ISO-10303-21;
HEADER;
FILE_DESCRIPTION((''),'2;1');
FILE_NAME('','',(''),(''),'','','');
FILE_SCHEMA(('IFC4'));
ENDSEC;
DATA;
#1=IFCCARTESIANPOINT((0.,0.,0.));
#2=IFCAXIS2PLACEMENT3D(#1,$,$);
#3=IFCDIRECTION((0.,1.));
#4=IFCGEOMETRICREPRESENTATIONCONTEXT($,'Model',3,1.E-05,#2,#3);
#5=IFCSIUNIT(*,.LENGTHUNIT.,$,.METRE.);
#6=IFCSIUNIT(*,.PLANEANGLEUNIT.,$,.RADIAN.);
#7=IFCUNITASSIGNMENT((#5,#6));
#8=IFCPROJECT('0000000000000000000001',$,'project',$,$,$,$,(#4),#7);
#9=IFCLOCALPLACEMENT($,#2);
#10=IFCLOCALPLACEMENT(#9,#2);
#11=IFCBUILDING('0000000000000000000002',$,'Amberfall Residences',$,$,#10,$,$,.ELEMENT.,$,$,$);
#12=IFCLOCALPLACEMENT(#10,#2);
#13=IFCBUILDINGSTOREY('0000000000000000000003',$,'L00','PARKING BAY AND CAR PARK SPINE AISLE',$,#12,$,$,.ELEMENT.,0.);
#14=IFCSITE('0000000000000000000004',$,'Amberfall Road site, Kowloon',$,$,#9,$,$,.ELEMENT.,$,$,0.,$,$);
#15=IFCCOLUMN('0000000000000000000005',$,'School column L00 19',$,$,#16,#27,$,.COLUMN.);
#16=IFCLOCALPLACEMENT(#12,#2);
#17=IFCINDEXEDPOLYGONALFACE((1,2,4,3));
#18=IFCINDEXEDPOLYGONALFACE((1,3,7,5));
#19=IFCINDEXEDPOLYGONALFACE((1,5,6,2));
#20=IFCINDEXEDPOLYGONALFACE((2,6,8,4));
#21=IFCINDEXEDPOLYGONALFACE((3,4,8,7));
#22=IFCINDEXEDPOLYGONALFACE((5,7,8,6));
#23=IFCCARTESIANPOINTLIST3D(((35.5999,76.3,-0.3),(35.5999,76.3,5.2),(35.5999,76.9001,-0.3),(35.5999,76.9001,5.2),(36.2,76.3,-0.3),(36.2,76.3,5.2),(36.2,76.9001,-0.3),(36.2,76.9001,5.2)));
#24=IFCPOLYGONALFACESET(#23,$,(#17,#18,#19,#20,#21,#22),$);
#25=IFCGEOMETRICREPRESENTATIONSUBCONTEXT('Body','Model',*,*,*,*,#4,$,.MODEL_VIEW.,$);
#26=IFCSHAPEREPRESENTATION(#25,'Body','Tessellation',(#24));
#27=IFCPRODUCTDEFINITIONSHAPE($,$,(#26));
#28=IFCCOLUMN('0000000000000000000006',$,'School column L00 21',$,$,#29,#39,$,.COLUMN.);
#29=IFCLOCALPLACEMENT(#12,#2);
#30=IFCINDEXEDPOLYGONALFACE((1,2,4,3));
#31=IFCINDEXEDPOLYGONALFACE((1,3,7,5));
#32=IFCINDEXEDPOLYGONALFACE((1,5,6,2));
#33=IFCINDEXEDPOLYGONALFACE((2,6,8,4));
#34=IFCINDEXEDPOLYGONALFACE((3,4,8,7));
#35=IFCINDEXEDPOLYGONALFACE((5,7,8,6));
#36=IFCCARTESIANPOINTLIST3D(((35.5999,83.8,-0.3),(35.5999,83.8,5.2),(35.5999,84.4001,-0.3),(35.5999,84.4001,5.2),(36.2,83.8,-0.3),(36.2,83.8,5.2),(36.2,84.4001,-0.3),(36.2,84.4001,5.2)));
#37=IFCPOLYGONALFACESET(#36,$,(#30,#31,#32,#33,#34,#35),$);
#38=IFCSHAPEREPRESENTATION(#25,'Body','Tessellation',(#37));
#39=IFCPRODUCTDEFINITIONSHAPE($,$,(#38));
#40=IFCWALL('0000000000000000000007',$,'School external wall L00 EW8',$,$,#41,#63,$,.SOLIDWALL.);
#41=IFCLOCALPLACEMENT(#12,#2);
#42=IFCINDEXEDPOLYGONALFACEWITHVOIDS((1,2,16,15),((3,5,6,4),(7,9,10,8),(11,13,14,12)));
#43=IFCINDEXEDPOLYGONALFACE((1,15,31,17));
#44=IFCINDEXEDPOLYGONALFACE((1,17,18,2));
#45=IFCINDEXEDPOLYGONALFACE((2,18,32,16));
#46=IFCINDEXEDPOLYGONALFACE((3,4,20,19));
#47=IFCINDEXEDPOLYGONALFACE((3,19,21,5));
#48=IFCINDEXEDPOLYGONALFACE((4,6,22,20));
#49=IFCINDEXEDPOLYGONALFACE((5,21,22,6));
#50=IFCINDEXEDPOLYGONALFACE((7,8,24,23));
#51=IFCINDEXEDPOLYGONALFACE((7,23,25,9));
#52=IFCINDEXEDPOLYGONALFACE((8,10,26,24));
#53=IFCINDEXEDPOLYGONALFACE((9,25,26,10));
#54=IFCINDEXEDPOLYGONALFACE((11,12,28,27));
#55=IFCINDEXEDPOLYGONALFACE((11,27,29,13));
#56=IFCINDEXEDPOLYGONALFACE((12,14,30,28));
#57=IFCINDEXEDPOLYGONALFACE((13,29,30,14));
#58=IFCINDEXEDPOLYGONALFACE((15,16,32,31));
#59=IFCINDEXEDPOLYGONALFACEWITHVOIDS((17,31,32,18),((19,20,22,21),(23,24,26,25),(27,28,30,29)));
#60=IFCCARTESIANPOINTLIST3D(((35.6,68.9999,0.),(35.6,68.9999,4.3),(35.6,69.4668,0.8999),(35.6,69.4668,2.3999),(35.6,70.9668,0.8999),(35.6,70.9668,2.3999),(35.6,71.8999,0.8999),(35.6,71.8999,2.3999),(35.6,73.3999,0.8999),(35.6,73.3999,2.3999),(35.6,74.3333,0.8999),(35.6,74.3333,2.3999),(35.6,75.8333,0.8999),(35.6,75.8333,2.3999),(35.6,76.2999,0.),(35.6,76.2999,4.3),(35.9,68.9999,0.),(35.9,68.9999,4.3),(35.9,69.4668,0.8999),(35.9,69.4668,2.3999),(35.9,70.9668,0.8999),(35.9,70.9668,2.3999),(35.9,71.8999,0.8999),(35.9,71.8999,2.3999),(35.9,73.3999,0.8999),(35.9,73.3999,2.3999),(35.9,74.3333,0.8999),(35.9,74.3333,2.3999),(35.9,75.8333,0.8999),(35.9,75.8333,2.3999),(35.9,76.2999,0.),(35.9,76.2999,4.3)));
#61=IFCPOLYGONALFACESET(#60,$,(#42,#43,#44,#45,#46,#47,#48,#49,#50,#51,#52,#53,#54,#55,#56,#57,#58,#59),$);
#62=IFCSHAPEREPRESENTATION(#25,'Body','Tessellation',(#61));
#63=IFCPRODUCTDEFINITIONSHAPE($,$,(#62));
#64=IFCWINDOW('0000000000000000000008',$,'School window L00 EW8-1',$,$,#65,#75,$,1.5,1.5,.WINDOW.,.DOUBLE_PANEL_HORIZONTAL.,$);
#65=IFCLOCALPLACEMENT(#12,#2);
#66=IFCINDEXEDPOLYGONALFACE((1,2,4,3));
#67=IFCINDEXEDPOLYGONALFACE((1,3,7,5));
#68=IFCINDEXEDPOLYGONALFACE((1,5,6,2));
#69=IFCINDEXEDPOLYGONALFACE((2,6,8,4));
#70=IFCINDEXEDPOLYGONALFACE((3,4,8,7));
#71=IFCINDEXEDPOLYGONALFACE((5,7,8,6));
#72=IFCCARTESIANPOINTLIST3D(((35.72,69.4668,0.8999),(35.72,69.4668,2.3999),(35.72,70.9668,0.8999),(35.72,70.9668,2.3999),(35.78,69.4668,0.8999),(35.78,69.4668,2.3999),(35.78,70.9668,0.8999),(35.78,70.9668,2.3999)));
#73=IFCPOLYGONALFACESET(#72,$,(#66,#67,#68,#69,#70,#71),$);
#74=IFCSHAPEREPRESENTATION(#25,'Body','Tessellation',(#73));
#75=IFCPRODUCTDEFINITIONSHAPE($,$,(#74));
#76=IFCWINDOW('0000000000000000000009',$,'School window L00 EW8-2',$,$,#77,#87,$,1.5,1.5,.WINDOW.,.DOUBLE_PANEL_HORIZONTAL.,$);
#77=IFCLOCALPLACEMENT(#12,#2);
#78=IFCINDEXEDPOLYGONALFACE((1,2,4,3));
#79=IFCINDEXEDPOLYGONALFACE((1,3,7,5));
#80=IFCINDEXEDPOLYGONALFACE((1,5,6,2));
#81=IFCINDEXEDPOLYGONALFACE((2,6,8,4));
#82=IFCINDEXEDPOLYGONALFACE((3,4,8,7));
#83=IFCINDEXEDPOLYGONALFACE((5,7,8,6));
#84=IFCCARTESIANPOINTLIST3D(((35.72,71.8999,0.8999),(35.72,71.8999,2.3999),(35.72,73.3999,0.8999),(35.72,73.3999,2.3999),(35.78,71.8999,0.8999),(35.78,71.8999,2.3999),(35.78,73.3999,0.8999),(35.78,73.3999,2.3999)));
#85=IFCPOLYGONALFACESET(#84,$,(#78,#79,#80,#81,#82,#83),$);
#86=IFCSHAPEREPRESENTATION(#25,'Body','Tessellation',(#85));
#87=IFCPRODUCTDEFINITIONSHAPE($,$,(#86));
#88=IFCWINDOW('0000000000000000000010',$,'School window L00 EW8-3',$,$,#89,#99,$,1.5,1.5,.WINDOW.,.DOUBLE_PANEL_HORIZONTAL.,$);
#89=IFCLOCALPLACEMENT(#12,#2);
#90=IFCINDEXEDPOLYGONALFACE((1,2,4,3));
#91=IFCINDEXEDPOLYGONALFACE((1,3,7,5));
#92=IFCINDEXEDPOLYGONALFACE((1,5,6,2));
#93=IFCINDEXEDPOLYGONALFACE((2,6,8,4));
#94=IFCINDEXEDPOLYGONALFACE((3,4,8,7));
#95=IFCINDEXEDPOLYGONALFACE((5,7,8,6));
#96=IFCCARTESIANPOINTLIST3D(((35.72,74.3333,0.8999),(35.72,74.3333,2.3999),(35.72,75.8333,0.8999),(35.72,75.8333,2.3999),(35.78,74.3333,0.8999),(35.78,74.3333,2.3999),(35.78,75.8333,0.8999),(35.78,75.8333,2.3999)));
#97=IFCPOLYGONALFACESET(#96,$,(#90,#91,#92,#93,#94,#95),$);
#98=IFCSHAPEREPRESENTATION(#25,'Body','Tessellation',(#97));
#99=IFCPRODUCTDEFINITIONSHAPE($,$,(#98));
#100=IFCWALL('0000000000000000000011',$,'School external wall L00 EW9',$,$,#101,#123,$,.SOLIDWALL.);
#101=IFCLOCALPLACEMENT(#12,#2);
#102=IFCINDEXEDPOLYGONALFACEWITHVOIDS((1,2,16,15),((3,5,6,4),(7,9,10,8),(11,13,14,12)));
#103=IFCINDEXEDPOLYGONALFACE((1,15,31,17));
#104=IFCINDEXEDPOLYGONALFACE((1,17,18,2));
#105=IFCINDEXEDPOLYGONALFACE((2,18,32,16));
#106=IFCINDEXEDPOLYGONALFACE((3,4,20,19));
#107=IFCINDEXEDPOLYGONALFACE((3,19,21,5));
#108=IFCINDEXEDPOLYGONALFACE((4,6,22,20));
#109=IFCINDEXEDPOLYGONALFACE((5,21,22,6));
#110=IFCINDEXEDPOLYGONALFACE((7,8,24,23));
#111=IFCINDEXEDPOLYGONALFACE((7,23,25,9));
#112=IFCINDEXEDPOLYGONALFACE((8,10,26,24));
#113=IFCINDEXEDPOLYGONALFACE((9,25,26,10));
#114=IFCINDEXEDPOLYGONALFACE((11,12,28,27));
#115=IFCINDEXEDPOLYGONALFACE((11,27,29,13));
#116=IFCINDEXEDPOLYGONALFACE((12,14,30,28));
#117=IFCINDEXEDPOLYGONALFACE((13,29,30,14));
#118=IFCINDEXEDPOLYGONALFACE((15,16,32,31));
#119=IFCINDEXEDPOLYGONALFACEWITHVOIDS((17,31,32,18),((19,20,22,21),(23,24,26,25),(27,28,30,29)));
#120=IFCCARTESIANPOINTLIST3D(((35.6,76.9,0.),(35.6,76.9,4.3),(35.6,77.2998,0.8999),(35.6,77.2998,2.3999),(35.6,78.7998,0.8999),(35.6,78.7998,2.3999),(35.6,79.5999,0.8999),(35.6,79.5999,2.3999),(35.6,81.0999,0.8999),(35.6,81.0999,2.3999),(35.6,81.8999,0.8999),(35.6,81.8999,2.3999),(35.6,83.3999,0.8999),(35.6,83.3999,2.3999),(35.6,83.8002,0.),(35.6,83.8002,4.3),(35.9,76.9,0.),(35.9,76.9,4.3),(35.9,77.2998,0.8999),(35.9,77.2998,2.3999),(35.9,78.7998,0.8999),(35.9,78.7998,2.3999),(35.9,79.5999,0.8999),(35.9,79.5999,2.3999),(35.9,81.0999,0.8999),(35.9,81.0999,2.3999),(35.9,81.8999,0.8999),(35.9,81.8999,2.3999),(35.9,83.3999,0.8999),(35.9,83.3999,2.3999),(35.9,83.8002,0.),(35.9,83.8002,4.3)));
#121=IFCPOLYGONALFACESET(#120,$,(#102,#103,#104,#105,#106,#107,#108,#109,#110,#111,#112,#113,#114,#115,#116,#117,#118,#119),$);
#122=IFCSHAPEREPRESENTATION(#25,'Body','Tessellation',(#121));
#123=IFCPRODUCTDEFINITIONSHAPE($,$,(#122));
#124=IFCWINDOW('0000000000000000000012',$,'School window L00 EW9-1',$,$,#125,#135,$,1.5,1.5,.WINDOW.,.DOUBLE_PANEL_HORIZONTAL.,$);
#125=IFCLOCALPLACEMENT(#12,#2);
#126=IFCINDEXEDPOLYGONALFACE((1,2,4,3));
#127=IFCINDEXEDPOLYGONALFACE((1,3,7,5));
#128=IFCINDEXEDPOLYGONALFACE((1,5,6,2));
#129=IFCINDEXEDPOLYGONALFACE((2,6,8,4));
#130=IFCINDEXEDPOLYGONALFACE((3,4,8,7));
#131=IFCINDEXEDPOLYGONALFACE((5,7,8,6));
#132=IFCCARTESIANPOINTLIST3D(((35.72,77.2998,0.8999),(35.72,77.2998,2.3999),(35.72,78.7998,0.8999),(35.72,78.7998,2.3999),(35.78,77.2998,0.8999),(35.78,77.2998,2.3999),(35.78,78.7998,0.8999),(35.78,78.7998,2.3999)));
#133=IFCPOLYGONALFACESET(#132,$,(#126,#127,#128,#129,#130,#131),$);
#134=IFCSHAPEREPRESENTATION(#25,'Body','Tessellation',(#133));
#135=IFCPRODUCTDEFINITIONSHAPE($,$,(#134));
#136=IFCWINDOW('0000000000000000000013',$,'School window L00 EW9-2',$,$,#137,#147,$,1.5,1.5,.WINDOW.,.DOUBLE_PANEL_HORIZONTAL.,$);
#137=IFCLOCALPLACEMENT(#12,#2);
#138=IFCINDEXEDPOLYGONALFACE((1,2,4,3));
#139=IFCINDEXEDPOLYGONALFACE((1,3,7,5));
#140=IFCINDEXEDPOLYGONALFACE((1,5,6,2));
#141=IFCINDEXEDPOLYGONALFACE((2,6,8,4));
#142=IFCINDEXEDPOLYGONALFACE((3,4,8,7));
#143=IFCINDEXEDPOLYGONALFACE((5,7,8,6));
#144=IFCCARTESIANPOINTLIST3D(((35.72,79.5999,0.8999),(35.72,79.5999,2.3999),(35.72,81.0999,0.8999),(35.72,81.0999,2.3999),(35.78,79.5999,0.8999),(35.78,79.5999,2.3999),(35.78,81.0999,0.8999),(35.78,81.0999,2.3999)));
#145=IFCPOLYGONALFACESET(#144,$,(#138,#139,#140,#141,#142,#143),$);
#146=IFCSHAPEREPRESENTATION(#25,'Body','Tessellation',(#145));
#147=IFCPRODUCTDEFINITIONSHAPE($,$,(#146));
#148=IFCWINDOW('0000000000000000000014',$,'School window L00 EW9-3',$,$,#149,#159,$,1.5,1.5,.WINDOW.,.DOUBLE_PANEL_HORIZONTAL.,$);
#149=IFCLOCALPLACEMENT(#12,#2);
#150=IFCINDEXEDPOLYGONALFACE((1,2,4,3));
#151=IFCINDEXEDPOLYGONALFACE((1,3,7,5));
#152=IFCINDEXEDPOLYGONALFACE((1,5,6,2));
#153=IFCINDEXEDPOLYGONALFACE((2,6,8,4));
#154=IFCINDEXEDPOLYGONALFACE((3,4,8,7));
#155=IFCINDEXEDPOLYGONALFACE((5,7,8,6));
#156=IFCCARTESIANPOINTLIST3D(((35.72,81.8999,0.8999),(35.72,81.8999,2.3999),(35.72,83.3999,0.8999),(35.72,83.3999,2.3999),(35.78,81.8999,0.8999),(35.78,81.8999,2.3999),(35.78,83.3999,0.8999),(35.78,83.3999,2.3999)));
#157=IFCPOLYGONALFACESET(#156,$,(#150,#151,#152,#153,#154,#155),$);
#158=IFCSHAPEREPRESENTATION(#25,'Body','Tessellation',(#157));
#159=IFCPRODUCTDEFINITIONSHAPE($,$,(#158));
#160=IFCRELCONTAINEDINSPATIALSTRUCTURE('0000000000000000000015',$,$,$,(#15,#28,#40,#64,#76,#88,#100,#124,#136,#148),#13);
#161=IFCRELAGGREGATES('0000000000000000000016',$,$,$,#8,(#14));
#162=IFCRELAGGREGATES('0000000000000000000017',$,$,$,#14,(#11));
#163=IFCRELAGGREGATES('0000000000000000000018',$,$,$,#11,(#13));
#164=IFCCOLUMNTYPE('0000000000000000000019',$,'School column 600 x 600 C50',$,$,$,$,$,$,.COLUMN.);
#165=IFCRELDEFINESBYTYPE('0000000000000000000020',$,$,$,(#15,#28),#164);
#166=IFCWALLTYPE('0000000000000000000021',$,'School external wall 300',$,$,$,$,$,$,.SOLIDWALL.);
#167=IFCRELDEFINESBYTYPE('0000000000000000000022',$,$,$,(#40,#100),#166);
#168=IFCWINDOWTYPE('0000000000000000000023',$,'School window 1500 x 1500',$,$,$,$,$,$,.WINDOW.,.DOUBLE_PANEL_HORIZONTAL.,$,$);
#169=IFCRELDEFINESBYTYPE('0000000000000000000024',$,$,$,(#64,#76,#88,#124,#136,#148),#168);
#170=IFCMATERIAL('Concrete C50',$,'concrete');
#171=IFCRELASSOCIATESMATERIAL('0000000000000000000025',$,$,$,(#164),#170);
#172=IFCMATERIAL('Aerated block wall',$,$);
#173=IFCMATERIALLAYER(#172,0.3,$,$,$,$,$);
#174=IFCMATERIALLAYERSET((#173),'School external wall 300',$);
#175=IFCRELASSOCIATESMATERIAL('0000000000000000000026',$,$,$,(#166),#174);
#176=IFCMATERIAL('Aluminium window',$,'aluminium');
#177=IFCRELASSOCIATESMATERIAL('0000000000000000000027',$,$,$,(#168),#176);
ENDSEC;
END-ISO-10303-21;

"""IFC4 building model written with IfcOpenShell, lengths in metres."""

from ifc_helpers import new_model, si_unit, direction, frame, frame_2d, origin, origin_2d, place, context, subcontext, project, spatial, rectangle, extrude, material, layer, layer_set, material_profile, profile_set, type_object, element, fill, save


model = new_model("IFC4")

# Units and contexts
model_context = context("Model", 3, precision=1e-05, world=origin(), true_north=direction((0.0, 1.0)))
body_context = subcontext(model_context, "Body", "Model", "MODEL_VIEW")
ifc_project = project(units=[si_unit("LENGTHUNIT", "METRE"), si_unit("PLANEANGLEUNIT", "RADIAN")], contexts=[model_context])

# Site, building, storey
site_placement = place(None, origin())
site = spatial("IfcSite", under=ifc_project, at=site_placement, Name="Amberfall Road site, Kowloon", CompositionType="ELEMENT", RefElevation=0.0)
building_placement = place(site_placement, origin())
building = spatial("IfcBuilding", under=site, at=building_placement, Name="Amberfall Residences", CompositionType="ELEMENT")
storey_placement = place(building_placement, origin())
storey = spatial("IfcBuildingStorey", under=building, at=storey_placement, Name="L00", Description="PARKING BAY AND CAR PARK SPINE AISLE", CompositionType="ELEMENT", Elevation=0.0)

# Columns
ifc_material_1 = material(Name="Concrete C50", Category="concrete")
ifc_material_profile = material_profile(ifc_material_1, rectangle(XDim=0.6001, YDim=0.6001, at=origin_2d()), Name="School column 600 x 600 C50")
ifc_profile_set = profile_set([ifc_material_profile], Name="Concrete C50")
column_type = type_object("IfcColumnType", Name="School column 600 x 600 C50", PredefinedType="COLUMN", material=ifc_profile_set)
for number, where, z_axis, x_axis, name in (
    (1, (35.8999, 76.6001, -0.3), (0.0, 0.0, 1.0), (1.0, 0.0, 0.0), "School column L00 19"),
    (2, (35.8999, 84.1001, -0.3), (0.0, 0.0, 1.0), (1.0, 0.0, 0.0), "School column L00 21"),
):
    element("IfcColumn", number, at=place(storey_placement, frame(where, z_axis=z_axis, x_axis=x_axis)), inside=storey, type_object=column_type, Name=name, PredefinedType="COLUMN", context=body_context, shape_type="SweptSolid", body=[
        extrude(rectangle(XDim=0.6001, YDim=0.6001, at=origin_2d()), origin(), (0.0, 0.0, 1.0), 5.5),
    ])

# Walls, openings, windows
ifc_material_2 = material(Name="Aerated block wall")
ifc_layer_1 = layer(ifc_material_2, 0.3)
ifc_layer_set_1 = layer_set([ifc_layer_1], Name="School external wall 300")
wall_type_1 = type_object("IfcWallType", Name="School external wall 300", PredefinedType="SOLIDWALL", material=ifc_layer_set_1)
wall_1_placement = place(storey_placement, frame((35.75, 69.0, 0.0), z_axis=(0.0, 0.0, 1.0), x_axis=(0.0, 1.0, 0.0)))
wall_1 = element("IfcWall", 3, at=wall_1_placement, inside=storey, type_object=wall_type_1, Name="School external wall L00 EW8", PredefinedType="SOLIDWALL", context=body_context, shape_type="SweptSolid", body=[
    extrude(rectangle(XDim=7.3, YDim=0.3, at=frame_2d((3.6499, 0.0))), origin(), (0.0, 0.0, 1.0), 4.3),
])
opening_1_placement = place(wall_1_placement, frame((0.4668, 0.0, 0.8999)))
opening_1 = element("IfcOpeningElement", 4, at=opening_1_placement, cuts=wall_1, PredefinedType="OPENING", context=body_context, shape_type="SweptSolid", body=[
    extrude(rectangle(XDim=1.5, YDim=1.5, at=frame_2d((0.75, 0.75))), frame((0.0, 0.1599, 0.0), z_axis=(0.0, -1.0, 0.0), x_axis=(1.0, 0.0, 0.0)), (0.0, 0.0, 1.0), 0.3201),
])
opening_2_placement = place(wall_1_placement, frame((2.8999, 0.0, 0.8999)))
opening_2 = element("IfcOpeningElement", 5, at=opening_2_placement, cuts=wall_1, PredefinedType="OPENING", context=body_context, shape_type="SweptSolid", body=[
    extrude(rectangle(XDim=1.5, YDim=1.5, at=frame_2d((0.75, 0.75))), frame((0.0, 0.1599, 0.0), z_axis=(0.0, -1.0, 0.0), x_axis=(1.0, 0.0, 0.0)), (0.0, 0.0, 1.0), 0.3201),
])
opening_3_placement = place(wall_1_placement, frame((5.3333, 0.0, 0.8999)))
opening_3 = element("IfcOpeningElement", 6, at=opening_3_placement, cuts=wall_1, PredefinedType="OPENING", context=body_context, shape_type="SweptSolid", body=[
    extrude(rectangle(XDim=1.5, YDim=1.5, at=frame_2d((0.75, 0.75))), frame((0.0, 0.1599, 0.0), z_axis=(0.0, -1.0, 0.0), x_axis=(1.0, 0.0, 0.0)), (0.0, 0.0, 1.0), 0.3201),
])
ifc_material_3 = material(Name="Aluminium window", Category="aluminium")
window_type = type_object("IfcWindowType", Name="School window 1500 x 1500", PartitioningType="DOUBLE_PANEL_HORIZONTAL", PredefinedType="WINDOW", material=ifc_material_3)
window_1_placement = place(opening_1_placement, origin())
window_1 = element("IfcWindow", 7, at=window_1_placement, inside=storey, type_object=window_type, Name="School window L00 EW8-1", OverallHeight=1.5, OverallWidth=1.5, PartitioningType="DOUBLE_PANEL_HORIZONTAL", PredefinedType="WINDOW", context=body_context, shape_type="SweptSolid", body=[
    extrude(rectangle(XDim=1.5, YDim=1.5, at=frame_2d((0.75, 0.75))), frame((0.0, 0.03, 0.0), z_axis=(0.0, -1.0, 0.0), x_axis=(1.0, 0.0, 0.0)), (0.0, 0.0, 1.0), 0.0601),
])
fill(opening_1, window_1)
window_2_placement = place(opening_2_placement, origin())
window_2 = element("IfcWindow", 8, at=window_2_placement, inside=storey, type_object=window_type, Name="School window L00 EW8-2", OverallHeight=1.5, OverallWidth=1.5, PartitioningType="DOUBLE_PANEL_HORIZONTAL", PredefinedType="WINDOW", context=body_context, shape_type="SweptSolid", body=[
    extrude(rectangle(XDim=1.5, YDim=1.5, at=frame_2d((0.75, 0.75))), frame((0.0, 0.03, 0.0), z_axis=(0.0, -1.0, 0.0), x_axis=(1.0, 0.0, 0.0)), (0.0, 0.0, 1.0), 0.0601),
])
fill(opening_2, window_2)
window_3_placement = place(opening_3_placement, origin())
window_3 = element("IfcWindow", 9, at=window_3_placement, inside=storey, type_object=window_type, Name="School window L00 EW8-3", OverallHeight=1.5, OverallWidth=1.5, PartitioningType="DOUBLE_PANEL_HORIZONTAL", PredefinedType="WINDOW", context=body_context, shape_type="SweptSolid", body=[
    extrude(rectangle(XDim=1.5, YDim=1.5, at=frame_2d((0.75, 0.75))), frame((0.0, 0.03, 0.0), z_axis=(0.0, -1.0, 0.0), x_axis=(1.0, 0.0, 0.0)), (0.0, 0.0, 1.0), 0.0601),
])
fill(opening_3, window_3)
wall_2_placement = place(storey_placement, frame((35.75, 76.8999, 0.0), z_axis=(0.0, 0.0, 1.0), x_axis=(0.0, 1.0, 0.0)))
wall_2 = element("IfcWall", 10, at=wall_2_placement, inside=storey, type_object=wall_type_1, Name="School external wall L00 EW9", PredefinedType="SOLIDWALL", context=body_context, shape_type="SweptSolid", body=[
    extrude(rectangle(XDim=6.9001, YDim=0.3, at=frame_2d((3.4502, 0.0))), origin(), (0.0, 0.0, 1.0), 4.3),
])
opening_4_placement = place(wall_2_placement, frame((0.3999, 0.0, 0.8999)))
opening_4 = element("IfcOpeningElement", 11, at=opening_4_placement, cuts=wall_2, PredefinedType="OPENING", context=body_context, shape_type="SweptSolid", body=[
    extrude(rectangle(XDim=1.5, YDim=1.5, at=frame_2d((0.75, 0.75))), frame((0.0, 0.1599, 0.0), z_axis=(0.0, -1.0, 0.0), x_axis=(1.0, 0.0, 0.0)), (0.0, 0.0, 1.0), 0.3201),
])
opening_5_placement = place(wall_2_placement, frame((2.7, 0.0, 0.8999)))
opening_5 = element("IfcOpeningElement", 12, at=opening_5_placement, cuts=wall_2, PredefinedType="OPENING", context=body_context, shape_type="SweptSolid", body=[
    extrude(rectangle(XDim=1.5, YDim=1.5, at=frame_2d((0.75, 0.75))), frame((0.0, 0.1599, 0.0), z_axis=(0.0, -1.0, 0.0), x_axis=(1.0, 0.0, 0.0)), (0.0, 0.0, 1.0), 0.3201),
])
opening_6_placement = place(wall_2_placement, frame((5.0, 0.0, 0.8999)))
opening_6 = element("IfcOpeningElement", 13, at=opening_6_placement, cuts=wall_2, PredefinedType="OPENING", context=body_context, shape_type="SweptSolid", body=[
    extrude(rectangle(XDim=1.5, YDim=1.5, at=frame_2d((0.75, 0.75))), frame((0.0, 0.1599, 0.0), z_axis=(0.0, -1.0, 0.0), x_axis=(1.0, 0.0, 0.0)), (0.0, 0.0, 1.0), 0.3201),
])
window_4_placement = place(opening_4_placement, origin())
window_4 = element("IfcWindow", 14, at=window_4_placement, inside=storey, type_object=window_type, Name="School window L00 EW9-1", OverallHeight=1.5, OverallWidth=1.5, PartitioningType="DOUBLE_PANEL_HORIZONTAL", PredefinedType="WINDOW", context=body_context, shape_type="SweptSolid", body=[
    extrude(rectangle(XDim=1.5, YDim=1.5, at=frame_2d((0.75, 0.75))), frame((0.0, 0.03, 0.0), z_axis=(0.0, -1.0, 0.0), x_axis=(1.0, 0.0, 0.0)), (0.0, 0.0, 1.0), 0.0601),
])
fill(opening_4, window_4)
window_5_placement = place(opening_5_placement, origin())
window_5 = element("IfcWindow", 15, at=window_5_placement, inside=storey, type_object=window_type, Name="School window L00 EW9-2", OverallHeight=1.5, OverallWidth=1.5, PartitioningType="DOUBLE_PANEL_HORIZONTAL", PredefinedType="WINDOW", context=body_context, shape_type="SweptSolid", body=[
    extrude(rectangle(XDim=1.5, YDim=1.5, at=frame_2d((0.75, 0.75))), frame((0.0, 0.03, 0.0), z_axis=(0.0, -1.0, 0.0), x_axis=(1.0, 0.0, 0.0)), (0.0, 0.0, 1.0), 0.0601),
])
fill(opening_5, window_5)
window_6_placement = place(opening_6_placement, origin())
window_6 = element("IfcWindow", 16, at=window_6_placement, inside=storey, type_object=window_type, Name="School window L00 EW9-3", OverallHeight=1.5, OverallWidth=1.5, PartitioningType="DOUBLE_PANEL_HORIZONTAL", PredefinedType="WINDOW", context=body_context, shape_type="SweptSolid", body=[
    extrude(rectangle(XDim=1.5, YDim=1.5, at=frame_2d((0.75, 0.75))), frame((0.0, 0.03, 0.0), z_axis=(0.0, -1.0, 0.0), x_axis=(1.0, 0.0, 0.0)), (0.0, 0.0, 1.0), 0.0601),
])
fill(opening_6, window_6)

save(model, "model.ifc")
